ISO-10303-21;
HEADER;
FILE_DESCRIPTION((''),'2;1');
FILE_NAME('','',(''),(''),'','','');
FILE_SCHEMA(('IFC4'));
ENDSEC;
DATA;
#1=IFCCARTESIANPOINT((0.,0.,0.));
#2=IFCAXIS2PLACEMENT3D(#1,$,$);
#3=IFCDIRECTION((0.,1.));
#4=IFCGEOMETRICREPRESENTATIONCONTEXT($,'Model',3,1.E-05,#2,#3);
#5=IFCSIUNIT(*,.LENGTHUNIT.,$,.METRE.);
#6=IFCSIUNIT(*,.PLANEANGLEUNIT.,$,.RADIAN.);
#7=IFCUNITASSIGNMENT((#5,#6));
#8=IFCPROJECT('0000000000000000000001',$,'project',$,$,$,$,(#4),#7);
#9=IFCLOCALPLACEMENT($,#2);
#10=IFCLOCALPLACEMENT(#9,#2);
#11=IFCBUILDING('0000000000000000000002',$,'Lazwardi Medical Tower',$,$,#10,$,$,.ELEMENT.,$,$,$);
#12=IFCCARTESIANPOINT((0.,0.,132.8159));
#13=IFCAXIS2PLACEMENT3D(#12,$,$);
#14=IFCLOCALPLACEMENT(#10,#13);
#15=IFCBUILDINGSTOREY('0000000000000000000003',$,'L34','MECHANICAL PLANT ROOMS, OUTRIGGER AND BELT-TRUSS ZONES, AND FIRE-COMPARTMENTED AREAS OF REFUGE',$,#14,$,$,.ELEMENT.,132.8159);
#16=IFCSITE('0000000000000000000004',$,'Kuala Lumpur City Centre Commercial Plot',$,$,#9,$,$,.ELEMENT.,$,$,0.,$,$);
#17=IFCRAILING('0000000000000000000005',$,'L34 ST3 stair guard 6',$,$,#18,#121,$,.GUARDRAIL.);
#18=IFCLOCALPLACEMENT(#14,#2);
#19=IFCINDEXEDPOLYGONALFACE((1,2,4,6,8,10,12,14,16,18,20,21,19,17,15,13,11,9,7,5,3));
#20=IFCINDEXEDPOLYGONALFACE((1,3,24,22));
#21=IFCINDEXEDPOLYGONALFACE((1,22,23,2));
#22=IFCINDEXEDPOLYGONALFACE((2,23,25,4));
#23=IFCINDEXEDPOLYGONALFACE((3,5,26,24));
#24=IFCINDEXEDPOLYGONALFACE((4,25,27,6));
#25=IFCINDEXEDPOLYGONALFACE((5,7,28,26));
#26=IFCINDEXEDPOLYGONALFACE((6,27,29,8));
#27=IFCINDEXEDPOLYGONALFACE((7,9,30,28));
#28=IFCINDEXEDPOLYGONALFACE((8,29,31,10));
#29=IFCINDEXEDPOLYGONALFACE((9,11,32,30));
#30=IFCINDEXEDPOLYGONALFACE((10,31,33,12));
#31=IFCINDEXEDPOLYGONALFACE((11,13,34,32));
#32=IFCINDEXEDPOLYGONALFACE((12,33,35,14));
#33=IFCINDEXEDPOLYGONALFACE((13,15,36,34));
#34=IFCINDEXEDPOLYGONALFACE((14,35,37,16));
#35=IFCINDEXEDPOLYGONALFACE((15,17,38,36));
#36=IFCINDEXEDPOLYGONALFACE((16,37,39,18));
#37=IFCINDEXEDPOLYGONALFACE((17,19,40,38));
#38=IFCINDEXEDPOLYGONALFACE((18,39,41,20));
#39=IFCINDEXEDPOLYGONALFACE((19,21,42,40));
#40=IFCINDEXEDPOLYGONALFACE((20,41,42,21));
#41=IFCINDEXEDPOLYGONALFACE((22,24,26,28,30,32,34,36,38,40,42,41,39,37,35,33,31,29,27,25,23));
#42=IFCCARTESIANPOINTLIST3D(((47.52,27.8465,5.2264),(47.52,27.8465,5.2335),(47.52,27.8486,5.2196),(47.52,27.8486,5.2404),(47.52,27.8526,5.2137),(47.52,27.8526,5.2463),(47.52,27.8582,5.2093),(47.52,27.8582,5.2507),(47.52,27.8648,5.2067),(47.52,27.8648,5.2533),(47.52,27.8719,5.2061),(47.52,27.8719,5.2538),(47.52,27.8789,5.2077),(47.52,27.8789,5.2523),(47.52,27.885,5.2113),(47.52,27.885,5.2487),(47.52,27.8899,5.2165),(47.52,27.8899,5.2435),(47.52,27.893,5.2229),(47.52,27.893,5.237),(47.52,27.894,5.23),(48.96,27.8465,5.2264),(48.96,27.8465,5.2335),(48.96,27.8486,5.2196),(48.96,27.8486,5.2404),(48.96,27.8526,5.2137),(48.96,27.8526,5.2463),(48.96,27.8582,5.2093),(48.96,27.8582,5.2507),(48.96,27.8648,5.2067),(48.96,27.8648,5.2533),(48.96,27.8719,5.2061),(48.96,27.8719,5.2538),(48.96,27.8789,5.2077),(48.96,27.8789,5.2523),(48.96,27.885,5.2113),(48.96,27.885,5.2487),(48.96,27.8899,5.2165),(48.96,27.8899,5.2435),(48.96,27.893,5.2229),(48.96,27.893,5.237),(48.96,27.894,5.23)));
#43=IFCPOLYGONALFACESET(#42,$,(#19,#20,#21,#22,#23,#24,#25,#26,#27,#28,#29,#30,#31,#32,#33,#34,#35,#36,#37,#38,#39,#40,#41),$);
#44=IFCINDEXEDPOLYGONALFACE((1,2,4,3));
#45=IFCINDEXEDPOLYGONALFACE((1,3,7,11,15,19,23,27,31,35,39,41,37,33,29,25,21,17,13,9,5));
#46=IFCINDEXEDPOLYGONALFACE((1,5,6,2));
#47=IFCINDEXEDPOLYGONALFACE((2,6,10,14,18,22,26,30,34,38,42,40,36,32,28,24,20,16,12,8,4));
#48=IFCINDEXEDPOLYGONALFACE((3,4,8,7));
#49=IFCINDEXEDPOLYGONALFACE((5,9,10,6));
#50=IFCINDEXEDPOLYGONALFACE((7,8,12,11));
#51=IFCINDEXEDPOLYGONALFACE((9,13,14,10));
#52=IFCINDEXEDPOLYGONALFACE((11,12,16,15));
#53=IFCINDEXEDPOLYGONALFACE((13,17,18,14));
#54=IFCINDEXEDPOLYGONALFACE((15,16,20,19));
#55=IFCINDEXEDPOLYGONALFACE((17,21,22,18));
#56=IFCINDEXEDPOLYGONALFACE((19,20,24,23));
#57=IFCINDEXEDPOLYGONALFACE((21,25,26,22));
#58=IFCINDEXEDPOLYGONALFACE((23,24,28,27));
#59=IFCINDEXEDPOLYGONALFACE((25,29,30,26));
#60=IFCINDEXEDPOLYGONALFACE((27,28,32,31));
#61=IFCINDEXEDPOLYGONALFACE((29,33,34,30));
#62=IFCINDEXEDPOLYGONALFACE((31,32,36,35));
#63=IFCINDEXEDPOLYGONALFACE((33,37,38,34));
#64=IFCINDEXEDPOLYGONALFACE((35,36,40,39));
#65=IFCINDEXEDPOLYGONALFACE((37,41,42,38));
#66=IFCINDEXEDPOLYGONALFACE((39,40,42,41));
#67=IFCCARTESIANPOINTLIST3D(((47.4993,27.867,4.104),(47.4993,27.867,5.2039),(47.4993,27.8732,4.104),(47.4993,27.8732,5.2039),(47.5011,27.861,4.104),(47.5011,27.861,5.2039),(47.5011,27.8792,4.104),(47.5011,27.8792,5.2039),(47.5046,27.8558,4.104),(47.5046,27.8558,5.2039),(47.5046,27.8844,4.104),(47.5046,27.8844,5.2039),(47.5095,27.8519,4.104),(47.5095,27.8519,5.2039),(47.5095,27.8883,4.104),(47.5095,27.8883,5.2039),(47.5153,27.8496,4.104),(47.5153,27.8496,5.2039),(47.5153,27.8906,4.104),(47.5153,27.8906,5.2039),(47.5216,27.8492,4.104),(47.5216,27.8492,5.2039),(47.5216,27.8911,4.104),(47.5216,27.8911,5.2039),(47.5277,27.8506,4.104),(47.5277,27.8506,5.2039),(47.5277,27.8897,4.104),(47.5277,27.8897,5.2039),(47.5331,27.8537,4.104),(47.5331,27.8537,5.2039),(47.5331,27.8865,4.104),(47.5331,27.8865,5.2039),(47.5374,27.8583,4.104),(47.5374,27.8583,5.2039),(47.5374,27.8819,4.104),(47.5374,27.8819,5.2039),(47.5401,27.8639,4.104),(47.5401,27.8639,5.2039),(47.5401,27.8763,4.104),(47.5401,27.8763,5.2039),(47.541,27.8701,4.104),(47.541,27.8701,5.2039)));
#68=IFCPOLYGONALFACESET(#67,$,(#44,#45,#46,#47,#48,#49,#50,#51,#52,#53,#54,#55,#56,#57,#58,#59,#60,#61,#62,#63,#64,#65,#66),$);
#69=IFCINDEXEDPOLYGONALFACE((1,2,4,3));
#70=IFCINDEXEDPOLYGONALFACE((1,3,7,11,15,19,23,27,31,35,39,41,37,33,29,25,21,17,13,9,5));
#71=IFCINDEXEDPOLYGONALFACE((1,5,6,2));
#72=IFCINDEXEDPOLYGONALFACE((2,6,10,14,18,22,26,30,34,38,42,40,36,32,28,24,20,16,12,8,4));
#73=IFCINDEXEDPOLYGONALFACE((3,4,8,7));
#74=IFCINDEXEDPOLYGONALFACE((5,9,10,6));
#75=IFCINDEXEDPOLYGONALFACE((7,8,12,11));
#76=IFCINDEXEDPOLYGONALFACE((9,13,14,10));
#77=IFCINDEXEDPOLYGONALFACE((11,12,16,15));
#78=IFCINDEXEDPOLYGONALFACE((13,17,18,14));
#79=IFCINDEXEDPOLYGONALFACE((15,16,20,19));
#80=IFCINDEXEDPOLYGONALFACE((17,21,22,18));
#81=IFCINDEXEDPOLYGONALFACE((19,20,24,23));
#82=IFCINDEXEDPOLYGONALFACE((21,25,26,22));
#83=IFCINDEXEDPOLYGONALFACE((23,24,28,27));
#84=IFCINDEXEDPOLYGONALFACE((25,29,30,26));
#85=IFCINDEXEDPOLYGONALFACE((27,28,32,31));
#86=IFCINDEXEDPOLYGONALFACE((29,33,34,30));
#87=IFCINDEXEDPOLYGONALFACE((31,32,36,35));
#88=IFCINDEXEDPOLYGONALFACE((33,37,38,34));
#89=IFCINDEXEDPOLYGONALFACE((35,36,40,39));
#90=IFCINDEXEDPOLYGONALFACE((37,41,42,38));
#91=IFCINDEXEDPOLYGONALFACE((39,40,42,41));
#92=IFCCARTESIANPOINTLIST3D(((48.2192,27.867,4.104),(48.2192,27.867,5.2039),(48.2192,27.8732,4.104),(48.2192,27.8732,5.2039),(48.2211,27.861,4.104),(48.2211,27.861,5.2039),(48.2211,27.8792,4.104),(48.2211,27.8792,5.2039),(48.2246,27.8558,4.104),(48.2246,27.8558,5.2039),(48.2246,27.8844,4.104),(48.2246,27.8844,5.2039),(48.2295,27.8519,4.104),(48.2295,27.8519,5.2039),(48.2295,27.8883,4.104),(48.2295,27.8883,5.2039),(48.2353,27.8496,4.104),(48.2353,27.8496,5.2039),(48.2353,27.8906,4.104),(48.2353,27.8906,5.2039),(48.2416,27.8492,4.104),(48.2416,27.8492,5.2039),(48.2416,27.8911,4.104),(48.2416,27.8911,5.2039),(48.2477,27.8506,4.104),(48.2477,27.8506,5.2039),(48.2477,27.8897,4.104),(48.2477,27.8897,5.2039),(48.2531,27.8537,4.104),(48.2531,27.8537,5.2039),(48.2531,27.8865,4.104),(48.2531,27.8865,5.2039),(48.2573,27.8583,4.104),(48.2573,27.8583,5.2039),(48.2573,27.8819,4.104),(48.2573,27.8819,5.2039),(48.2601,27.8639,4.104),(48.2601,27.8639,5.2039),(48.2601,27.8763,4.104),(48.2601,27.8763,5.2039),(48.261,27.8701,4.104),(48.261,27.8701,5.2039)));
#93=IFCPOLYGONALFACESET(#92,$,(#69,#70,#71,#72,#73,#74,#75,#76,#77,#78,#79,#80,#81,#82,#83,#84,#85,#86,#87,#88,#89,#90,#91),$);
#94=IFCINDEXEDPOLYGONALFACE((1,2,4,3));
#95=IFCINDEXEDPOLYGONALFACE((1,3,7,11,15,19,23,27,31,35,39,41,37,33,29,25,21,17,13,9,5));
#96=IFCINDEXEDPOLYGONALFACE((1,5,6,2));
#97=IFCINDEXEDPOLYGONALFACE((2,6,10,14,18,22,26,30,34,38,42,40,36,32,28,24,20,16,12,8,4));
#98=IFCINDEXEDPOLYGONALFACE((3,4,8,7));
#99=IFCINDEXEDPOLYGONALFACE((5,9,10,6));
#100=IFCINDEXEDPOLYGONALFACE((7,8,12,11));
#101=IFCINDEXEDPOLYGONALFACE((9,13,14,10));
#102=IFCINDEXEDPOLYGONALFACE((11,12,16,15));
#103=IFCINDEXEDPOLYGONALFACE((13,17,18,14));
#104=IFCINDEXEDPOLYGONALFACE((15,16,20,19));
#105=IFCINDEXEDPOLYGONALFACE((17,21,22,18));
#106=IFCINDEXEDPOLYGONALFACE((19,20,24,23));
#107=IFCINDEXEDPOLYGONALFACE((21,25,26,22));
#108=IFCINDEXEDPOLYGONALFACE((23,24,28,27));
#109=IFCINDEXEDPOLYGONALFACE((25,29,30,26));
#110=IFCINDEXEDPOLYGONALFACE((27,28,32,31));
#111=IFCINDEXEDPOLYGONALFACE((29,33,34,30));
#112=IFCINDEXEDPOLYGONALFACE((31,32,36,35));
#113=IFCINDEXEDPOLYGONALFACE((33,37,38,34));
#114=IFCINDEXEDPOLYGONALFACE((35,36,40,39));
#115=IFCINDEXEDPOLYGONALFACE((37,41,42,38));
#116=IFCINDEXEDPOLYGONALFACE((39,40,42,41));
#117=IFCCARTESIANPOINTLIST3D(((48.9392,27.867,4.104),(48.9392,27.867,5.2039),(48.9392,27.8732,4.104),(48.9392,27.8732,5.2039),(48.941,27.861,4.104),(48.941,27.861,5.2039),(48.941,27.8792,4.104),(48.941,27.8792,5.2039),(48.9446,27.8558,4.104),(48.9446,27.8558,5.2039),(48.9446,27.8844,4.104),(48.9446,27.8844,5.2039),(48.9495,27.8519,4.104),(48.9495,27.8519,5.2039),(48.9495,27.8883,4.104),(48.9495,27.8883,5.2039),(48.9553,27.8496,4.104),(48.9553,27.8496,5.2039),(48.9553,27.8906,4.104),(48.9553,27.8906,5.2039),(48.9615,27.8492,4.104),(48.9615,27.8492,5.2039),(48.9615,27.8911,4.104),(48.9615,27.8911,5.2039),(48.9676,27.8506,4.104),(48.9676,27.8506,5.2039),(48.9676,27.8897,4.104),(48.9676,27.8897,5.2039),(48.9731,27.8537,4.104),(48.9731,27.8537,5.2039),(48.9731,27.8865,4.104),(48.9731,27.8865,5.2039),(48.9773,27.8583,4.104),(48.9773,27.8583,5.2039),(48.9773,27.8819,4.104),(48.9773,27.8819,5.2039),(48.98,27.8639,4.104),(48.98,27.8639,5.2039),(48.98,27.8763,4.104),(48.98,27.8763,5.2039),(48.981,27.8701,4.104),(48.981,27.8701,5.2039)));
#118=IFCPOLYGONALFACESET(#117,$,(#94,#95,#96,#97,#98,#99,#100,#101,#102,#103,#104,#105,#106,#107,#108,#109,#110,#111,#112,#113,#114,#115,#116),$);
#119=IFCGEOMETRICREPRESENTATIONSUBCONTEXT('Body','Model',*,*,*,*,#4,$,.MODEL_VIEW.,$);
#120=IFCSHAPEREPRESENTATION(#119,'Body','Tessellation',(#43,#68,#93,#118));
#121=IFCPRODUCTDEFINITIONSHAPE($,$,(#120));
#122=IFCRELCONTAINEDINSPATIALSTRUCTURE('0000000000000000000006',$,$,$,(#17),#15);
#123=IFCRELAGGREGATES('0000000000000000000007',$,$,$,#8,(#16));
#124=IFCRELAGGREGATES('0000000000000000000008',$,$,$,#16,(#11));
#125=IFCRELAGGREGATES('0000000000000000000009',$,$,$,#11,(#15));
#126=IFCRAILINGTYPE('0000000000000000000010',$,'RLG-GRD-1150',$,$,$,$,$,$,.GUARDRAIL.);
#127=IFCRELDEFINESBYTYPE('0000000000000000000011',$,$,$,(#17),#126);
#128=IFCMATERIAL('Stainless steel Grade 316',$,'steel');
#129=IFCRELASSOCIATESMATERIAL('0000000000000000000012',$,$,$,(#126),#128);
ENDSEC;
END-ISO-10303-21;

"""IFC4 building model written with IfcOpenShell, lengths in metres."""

from ifc_helpers import new_model, si_unit, direction, frame, origin, origin_2d, place, context, subcontext, project, spatial, circle, extrude, material, type_object, element, save


model = new_model("IFC4")

# Units and contexts
model_context = context("Model", 3, precision=1e-05, world=origin(), true_north=direction((0.0, 1.0)))
body_context = subcontext(model_context, "Body", "Model", "MODEL_VIEW")
ifc_project = project(units=[si_unit("LENGTHUNIT", "METRE"), si_unit("PLANEANGLEUNIT", "RADIAN")], contexts=[model_context])

# Site, building, storey
site_placement = place(None, origin())
site = spatial("IfcSite", under=ifc_project, at=site_placement, Name="Kuala Lumpur City Centre Commercial Plot", CompositionType="ELEMENT", RefElevation=0.0)
building_placement = place(site_placement, origin())
building = spatial("IfcBuilding", under=site, at=building_placement, Name="Lazwardi Medical Tower", CompositionType="ELEMENT")
storey_placement = place(building_placement, frame((0.0, 0.0, 132.8159)))
storey = spatial("IfcBuildingStorey", under=building, at=storey_placement, Name="L34", Description="MECHANICAL PLANT ROOMS, OUTRIGGER AND BELT-TRUSS ZONES, AND FIRE-COMPARTMENTED AREAS OF REFUGE", CompositionType="ELEMENT", Elevation=132.8159)

# Railing
ifc_material_1 = material(Name="Stainless steel Grade 316", Category="steel")
railing_type_1 = type_object("IfcRailingType", Name="RLG-GRD-1150", PredefinedType="GUARDRAIL", material=ifc_material_1)
railing_1_placement = place(storey_placement, frame((47.52, 27.8701, 4.104)))
element("IfcRailing", 1, at=railing_1_placement, inside=storey, type_object=railing_type_1, Name="L34 ST3 stair guard 6", PredefinedType="GUARDRAIL", context=body_context, shape_type="SweptSolid", body=[
    extrude(circle(Radius=0.0239, at=origin_2d()), frame((0.0, 0.0, 1.126), z_axis=(1.0, 0.0, 0.0), x_axis=(0.0, 1.0, 0.0)), (0.0, 0.0, 1.0), 1.4399),
    extrude(circle(Radius=0.021, at=origin_2d()), origin(), (0.0, 0.0, 1.0), 1.0999),
    extrude(circle(Radius=0.021, at=origin_2d()), frame((0.72, 0.0, 0.0)), (0.0, 0.0, 1.0), 1.0999),
    extrude(circle(Radius=0.021, at=origin_2d()), frame((1.4399, 0.0, 0.0)), (0.0, 0.0, 1.0), 1.0999),
])

save(model, "model.ifc")
